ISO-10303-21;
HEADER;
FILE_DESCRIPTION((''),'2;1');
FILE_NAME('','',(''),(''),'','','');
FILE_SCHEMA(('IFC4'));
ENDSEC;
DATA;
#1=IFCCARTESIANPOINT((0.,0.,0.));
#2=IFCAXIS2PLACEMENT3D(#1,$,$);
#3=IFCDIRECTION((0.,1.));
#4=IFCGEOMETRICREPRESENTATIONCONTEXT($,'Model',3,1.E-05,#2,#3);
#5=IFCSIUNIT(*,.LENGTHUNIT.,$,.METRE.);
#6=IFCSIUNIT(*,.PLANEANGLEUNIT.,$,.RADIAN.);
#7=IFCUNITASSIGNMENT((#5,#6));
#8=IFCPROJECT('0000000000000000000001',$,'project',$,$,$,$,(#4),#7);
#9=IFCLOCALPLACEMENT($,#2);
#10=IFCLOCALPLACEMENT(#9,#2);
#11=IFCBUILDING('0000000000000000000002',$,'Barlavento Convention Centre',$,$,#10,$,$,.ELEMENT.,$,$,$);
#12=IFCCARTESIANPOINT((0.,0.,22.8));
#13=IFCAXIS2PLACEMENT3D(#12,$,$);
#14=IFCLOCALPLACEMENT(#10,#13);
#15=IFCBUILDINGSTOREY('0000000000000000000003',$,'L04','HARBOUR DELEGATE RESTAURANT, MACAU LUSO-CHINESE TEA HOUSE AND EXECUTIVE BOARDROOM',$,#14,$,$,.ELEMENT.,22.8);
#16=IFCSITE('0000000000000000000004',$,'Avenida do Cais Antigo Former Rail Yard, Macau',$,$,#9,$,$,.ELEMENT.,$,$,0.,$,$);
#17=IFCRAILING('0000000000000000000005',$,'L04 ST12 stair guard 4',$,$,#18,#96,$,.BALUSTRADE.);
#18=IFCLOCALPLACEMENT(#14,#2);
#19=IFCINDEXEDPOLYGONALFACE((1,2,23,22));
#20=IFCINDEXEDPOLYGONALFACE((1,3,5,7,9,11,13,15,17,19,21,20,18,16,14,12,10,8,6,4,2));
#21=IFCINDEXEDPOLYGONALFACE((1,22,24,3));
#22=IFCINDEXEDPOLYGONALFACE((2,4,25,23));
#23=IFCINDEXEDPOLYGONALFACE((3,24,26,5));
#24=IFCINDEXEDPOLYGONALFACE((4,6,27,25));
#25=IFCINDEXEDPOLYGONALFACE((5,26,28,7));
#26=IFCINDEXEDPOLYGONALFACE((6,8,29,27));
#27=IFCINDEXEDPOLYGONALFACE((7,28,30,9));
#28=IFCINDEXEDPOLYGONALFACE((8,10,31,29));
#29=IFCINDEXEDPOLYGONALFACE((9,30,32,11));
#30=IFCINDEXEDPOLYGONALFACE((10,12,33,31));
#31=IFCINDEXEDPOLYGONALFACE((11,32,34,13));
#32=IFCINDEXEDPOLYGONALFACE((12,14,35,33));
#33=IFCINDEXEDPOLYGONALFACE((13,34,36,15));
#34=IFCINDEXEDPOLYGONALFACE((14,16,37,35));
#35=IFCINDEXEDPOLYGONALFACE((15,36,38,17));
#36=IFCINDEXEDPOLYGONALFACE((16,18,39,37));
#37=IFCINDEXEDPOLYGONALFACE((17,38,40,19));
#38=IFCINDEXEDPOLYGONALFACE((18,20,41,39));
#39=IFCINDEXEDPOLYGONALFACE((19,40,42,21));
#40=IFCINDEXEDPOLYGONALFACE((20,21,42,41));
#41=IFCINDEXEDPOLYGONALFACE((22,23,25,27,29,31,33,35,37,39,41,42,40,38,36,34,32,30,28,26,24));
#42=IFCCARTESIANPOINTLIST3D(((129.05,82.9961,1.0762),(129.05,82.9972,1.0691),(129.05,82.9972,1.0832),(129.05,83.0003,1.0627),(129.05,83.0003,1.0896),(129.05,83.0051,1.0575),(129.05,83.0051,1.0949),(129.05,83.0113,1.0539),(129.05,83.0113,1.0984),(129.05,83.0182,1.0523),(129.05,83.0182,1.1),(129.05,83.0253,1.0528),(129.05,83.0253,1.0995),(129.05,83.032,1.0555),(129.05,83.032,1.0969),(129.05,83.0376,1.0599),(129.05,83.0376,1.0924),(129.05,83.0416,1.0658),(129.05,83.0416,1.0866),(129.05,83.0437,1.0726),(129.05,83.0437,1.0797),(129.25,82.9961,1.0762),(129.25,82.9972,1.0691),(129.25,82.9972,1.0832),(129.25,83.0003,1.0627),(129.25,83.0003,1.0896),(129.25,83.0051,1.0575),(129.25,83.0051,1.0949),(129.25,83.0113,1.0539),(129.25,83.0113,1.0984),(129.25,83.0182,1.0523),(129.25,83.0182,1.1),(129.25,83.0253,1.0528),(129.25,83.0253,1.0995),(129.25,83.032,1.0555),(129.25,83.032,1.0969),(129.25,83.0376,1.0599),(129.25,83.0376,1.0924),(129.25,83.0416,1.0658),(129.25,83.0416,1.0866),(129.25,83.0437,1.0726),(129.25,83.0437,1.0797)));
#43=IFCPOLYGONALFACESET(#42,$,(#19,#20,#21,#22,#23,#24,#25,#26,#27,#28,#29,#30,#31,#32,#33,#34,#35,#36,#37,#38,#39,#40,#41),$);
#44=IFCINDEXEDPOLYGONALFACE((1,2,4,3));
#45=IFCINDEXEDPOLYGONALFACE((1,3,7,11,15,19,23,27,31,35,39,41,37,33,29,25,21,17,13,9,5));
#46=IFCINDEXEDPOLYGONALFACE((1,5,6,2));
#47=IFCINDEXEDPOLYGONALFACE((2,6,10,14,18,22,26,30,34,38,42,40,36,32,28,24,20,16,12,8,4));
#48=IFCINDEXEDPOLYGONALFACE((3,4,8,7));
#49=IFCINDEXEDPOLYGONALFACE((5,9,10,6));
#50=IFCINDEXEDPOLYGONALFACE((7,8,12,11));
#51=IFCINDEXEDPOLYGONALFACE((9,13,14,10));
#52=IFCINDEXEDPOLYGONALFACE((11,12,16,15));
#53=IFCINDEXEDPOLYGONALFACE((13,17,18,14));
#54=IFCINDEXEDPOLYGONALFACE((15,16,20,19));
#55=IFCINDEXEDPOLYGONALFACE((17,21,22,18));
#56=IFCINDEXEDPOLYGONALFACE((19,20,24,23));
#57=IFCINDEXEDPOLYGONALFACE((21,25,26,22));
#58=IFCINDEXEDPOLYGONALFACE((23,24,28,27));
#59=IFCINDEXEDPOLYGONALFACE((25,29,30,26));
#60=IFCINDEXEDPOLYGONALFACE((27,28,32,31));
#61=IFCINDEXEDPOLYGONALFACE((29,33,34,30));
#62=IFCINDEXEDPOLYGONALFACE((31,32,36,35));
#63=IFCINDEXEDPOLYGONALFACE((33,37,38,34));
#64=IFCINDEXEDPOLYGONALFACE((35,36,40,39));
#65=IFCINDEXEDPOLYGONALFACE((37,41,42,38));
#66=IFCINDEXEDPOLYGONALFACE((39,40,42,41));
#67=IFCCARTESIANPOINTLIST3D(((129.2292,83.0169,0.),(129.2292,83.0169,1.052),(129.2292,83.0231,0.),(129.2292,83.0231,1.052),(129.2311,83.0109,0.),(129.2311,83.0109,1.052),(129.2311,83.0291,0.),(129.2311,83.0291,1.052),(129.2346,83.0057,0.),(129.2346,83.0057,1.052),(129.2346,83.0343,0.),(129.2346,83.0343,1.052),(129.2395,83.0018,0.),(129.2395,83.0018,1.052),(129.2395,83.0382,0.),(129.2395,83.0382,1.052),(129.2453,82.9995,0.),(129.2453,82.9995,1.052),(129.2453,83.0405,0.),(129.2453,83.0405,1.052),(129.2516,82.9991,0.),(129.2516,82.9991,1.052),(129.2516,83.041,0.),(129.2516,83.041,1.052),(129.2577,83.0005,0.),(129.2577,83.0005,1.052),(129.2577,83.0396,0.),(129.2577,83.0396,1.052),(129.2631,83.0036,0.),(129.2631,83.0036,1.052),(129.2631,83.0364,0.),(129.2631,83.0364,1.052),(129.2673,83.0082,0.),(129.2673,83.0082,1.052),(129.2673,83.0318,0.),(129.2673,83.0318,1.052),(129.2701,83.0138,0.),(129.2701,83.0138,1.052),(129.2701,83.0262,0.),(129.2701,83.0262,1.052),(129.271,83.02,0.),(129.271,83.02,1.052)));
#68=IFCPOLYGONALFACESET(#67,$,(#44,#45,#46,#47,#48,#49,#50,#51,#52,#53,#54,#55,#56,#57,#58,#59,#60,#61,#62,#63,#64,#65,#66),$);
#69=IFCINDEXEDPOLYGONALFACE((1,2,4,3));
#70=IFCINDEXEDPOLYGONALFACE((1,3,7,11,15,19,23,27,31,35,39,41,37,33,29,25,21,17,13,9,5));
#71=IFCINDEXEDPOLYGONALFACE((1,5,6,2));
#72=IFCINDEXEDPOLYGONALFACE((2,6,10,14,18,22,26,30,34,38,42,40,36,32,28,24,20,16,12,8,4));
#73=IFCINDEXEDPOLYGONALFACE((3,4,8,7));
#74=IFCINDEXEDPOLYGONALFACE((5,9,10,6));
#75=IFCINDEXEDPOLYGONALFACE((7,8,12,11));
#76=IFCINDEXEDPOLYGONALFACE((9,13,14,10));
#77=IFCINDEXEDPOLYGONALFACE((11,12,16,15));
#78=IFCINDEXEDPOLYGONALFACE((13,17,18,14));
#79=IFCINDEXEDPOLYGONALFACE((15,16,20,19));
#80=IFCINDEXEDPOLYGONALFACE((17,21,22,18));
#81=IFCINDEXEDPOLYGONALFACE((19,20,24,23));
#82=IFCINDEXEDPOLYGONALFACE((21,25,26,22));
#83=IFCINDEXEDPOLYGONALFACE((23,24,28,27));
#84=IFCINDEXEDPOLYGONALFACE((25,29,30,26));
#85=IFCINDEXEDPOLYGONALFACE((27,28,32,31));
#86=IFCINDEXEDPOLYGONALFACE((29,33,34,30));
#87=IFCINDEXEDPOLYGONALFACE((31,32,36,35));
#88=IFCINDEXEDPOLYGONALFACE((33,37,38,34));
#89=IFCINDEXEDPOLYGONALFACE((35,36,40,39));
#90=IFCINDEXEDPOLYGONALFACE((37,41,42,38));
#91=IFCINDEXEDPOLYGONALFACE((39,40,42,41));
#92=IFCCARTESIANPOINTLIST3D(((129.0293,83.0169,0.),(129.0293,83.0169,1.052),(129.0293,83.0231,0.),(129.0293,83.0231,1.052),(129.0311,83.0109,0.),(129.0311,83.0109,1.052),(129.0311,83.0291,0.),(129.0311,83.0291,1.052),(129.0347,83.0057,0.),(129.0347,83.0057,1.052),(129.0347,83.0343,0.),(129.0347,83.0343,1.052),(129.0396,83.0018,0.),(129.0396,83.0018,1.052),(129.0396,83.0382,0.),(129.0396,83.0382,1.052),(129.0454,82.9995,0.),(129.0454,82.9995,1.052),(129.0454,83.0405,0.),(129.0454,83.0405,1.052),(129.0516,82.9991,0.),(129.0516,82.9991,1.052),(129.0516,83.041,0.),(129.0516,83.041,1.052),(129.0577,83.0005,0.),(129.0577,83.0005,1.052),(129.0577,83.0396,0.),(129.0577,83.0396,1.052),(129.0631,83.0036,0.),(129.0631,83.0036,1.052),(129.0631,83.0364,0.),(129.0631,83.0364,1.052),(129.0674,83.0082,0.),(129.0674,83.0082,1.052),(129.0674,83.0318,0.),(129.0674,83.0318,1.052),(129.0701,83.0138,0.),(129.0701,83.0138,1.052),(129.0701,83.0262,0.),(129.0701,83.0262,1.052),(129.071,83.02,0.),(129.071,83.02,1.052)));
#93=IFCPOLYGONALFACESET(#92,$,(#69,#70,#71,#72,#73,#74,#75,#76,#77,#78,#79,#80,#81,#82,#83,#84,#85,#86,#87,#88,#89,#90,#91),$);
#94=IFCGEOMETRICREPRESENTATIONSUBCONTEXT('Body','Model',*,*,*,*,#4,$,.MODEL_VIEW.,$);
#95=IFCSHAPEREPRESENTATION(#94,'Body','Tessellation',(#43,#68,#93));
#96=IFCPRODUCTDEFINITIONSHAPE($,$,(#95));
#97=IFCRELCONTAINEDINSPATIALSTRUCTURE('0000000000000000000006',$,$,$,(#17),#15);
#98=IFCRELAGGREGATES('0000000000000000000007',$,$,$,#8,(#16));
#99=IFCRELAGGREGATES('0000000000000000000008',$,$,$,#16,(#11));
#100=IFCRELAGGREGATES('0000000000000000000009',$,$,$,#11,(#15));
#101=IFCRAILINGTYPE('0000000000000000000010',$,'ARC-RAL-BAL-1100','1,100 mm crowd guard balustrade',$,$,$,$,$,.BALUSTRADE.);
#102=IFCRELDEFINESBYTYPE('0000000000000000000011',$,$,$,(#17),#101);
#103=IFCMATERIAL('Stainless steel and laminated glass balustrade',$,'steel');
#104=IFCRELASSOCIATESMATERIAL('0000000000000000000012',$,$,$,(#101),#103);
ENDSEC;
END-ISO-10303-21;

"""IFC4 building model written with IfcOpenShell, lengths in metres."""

from ifc_helpers import new_model, si_unit, direction, frame, origin, origin_2d, place, context, subcontext, project, spatial, circle, extrude, material, type_object, element, save


model = new_model("IFC4")

# Units and contexts
model_context = context("Model", 3, precision=1e-05, world=origin(), true_north=direction((0.0, 1.0)))
body_context = subcontext(model_context, "Body", "Model", "MODEL_VIEW")
ifc_project = project(units=[si_unit("LENGTHUNIT", "METRE"), si_unit("PLANEANGLEUNIT", "RADIAN")], contexts=[model_context])

# Site, building, storey
site_placement = place(None, origin())
site = spatial("IfcSite", under=ifc_project, at=site_placement, Name="Avenida do Cais Antigo Former Rail Yard, Macau", CompositionType="ELEMENT", RefElevation=0.0)
building_placement = place(site_placement, origin())
building = spatial("IfcBuilding", under=site, at=building_placement, Name="Barlavento Convention Centre", CompositionType="ELEMENT")
storey_placement = place(building_placement, frame((0.0, 0.0, 22.8)))
storey = spatial("IfcBuildingStorey", under=building, at=storey_placement, Name="L04", Description="HARBOUR DELEGATE RESTAURANT, MACAU LUSO-CHINESE TEA HOUSE AND EXECUTIVE BOARDROOM", CompositionType="ELEMENT", Elevation=22.8)

# Railing
ifc_material_1 = material(Name="Stainless steel and laminated glass balustrade", Category="steel")
railing_type_1 = type_object("IfcRailingType", Name="ARC-RAL-BAL-1100", Description="1,100 mm crowd guard balustrade", PredefinedType="BALUSTRADE", material=ifc_material_1)
railing_1_placement = place(storey_placement, frame((129.25, 83.02, 0.0)))
element("IfcRailing", 1, at=railing_1_placement, inside=storey, type_object=railing_type_1, Name="L04 ST12 stair guard 4", PredefinedType="BALUSTRADE", context=body_context, shape_type="SweptSolid", body=[
    extrude(circle(Radius=0.0239, at=origin_2d()), frame((0.0, 0.0, 1.0762), z_axis=(-1.0, 0.0, 0.0), x_axis=(0.0, -1.0, 0.0)), (0.0, 0.0, 1.0), 0.2),
    extrude(circle(Radius=0.021, at=origin_2d()), origin(), (0.0, 0.0, 1.0), 1.052),
    extrude(circle(Radius=0.021, at=origin_2d()), frame((-0.2, 0.0, 0.0)), (0.0, 0.0, 1.0), 1.052),
])

save(model, "model.ifc")
